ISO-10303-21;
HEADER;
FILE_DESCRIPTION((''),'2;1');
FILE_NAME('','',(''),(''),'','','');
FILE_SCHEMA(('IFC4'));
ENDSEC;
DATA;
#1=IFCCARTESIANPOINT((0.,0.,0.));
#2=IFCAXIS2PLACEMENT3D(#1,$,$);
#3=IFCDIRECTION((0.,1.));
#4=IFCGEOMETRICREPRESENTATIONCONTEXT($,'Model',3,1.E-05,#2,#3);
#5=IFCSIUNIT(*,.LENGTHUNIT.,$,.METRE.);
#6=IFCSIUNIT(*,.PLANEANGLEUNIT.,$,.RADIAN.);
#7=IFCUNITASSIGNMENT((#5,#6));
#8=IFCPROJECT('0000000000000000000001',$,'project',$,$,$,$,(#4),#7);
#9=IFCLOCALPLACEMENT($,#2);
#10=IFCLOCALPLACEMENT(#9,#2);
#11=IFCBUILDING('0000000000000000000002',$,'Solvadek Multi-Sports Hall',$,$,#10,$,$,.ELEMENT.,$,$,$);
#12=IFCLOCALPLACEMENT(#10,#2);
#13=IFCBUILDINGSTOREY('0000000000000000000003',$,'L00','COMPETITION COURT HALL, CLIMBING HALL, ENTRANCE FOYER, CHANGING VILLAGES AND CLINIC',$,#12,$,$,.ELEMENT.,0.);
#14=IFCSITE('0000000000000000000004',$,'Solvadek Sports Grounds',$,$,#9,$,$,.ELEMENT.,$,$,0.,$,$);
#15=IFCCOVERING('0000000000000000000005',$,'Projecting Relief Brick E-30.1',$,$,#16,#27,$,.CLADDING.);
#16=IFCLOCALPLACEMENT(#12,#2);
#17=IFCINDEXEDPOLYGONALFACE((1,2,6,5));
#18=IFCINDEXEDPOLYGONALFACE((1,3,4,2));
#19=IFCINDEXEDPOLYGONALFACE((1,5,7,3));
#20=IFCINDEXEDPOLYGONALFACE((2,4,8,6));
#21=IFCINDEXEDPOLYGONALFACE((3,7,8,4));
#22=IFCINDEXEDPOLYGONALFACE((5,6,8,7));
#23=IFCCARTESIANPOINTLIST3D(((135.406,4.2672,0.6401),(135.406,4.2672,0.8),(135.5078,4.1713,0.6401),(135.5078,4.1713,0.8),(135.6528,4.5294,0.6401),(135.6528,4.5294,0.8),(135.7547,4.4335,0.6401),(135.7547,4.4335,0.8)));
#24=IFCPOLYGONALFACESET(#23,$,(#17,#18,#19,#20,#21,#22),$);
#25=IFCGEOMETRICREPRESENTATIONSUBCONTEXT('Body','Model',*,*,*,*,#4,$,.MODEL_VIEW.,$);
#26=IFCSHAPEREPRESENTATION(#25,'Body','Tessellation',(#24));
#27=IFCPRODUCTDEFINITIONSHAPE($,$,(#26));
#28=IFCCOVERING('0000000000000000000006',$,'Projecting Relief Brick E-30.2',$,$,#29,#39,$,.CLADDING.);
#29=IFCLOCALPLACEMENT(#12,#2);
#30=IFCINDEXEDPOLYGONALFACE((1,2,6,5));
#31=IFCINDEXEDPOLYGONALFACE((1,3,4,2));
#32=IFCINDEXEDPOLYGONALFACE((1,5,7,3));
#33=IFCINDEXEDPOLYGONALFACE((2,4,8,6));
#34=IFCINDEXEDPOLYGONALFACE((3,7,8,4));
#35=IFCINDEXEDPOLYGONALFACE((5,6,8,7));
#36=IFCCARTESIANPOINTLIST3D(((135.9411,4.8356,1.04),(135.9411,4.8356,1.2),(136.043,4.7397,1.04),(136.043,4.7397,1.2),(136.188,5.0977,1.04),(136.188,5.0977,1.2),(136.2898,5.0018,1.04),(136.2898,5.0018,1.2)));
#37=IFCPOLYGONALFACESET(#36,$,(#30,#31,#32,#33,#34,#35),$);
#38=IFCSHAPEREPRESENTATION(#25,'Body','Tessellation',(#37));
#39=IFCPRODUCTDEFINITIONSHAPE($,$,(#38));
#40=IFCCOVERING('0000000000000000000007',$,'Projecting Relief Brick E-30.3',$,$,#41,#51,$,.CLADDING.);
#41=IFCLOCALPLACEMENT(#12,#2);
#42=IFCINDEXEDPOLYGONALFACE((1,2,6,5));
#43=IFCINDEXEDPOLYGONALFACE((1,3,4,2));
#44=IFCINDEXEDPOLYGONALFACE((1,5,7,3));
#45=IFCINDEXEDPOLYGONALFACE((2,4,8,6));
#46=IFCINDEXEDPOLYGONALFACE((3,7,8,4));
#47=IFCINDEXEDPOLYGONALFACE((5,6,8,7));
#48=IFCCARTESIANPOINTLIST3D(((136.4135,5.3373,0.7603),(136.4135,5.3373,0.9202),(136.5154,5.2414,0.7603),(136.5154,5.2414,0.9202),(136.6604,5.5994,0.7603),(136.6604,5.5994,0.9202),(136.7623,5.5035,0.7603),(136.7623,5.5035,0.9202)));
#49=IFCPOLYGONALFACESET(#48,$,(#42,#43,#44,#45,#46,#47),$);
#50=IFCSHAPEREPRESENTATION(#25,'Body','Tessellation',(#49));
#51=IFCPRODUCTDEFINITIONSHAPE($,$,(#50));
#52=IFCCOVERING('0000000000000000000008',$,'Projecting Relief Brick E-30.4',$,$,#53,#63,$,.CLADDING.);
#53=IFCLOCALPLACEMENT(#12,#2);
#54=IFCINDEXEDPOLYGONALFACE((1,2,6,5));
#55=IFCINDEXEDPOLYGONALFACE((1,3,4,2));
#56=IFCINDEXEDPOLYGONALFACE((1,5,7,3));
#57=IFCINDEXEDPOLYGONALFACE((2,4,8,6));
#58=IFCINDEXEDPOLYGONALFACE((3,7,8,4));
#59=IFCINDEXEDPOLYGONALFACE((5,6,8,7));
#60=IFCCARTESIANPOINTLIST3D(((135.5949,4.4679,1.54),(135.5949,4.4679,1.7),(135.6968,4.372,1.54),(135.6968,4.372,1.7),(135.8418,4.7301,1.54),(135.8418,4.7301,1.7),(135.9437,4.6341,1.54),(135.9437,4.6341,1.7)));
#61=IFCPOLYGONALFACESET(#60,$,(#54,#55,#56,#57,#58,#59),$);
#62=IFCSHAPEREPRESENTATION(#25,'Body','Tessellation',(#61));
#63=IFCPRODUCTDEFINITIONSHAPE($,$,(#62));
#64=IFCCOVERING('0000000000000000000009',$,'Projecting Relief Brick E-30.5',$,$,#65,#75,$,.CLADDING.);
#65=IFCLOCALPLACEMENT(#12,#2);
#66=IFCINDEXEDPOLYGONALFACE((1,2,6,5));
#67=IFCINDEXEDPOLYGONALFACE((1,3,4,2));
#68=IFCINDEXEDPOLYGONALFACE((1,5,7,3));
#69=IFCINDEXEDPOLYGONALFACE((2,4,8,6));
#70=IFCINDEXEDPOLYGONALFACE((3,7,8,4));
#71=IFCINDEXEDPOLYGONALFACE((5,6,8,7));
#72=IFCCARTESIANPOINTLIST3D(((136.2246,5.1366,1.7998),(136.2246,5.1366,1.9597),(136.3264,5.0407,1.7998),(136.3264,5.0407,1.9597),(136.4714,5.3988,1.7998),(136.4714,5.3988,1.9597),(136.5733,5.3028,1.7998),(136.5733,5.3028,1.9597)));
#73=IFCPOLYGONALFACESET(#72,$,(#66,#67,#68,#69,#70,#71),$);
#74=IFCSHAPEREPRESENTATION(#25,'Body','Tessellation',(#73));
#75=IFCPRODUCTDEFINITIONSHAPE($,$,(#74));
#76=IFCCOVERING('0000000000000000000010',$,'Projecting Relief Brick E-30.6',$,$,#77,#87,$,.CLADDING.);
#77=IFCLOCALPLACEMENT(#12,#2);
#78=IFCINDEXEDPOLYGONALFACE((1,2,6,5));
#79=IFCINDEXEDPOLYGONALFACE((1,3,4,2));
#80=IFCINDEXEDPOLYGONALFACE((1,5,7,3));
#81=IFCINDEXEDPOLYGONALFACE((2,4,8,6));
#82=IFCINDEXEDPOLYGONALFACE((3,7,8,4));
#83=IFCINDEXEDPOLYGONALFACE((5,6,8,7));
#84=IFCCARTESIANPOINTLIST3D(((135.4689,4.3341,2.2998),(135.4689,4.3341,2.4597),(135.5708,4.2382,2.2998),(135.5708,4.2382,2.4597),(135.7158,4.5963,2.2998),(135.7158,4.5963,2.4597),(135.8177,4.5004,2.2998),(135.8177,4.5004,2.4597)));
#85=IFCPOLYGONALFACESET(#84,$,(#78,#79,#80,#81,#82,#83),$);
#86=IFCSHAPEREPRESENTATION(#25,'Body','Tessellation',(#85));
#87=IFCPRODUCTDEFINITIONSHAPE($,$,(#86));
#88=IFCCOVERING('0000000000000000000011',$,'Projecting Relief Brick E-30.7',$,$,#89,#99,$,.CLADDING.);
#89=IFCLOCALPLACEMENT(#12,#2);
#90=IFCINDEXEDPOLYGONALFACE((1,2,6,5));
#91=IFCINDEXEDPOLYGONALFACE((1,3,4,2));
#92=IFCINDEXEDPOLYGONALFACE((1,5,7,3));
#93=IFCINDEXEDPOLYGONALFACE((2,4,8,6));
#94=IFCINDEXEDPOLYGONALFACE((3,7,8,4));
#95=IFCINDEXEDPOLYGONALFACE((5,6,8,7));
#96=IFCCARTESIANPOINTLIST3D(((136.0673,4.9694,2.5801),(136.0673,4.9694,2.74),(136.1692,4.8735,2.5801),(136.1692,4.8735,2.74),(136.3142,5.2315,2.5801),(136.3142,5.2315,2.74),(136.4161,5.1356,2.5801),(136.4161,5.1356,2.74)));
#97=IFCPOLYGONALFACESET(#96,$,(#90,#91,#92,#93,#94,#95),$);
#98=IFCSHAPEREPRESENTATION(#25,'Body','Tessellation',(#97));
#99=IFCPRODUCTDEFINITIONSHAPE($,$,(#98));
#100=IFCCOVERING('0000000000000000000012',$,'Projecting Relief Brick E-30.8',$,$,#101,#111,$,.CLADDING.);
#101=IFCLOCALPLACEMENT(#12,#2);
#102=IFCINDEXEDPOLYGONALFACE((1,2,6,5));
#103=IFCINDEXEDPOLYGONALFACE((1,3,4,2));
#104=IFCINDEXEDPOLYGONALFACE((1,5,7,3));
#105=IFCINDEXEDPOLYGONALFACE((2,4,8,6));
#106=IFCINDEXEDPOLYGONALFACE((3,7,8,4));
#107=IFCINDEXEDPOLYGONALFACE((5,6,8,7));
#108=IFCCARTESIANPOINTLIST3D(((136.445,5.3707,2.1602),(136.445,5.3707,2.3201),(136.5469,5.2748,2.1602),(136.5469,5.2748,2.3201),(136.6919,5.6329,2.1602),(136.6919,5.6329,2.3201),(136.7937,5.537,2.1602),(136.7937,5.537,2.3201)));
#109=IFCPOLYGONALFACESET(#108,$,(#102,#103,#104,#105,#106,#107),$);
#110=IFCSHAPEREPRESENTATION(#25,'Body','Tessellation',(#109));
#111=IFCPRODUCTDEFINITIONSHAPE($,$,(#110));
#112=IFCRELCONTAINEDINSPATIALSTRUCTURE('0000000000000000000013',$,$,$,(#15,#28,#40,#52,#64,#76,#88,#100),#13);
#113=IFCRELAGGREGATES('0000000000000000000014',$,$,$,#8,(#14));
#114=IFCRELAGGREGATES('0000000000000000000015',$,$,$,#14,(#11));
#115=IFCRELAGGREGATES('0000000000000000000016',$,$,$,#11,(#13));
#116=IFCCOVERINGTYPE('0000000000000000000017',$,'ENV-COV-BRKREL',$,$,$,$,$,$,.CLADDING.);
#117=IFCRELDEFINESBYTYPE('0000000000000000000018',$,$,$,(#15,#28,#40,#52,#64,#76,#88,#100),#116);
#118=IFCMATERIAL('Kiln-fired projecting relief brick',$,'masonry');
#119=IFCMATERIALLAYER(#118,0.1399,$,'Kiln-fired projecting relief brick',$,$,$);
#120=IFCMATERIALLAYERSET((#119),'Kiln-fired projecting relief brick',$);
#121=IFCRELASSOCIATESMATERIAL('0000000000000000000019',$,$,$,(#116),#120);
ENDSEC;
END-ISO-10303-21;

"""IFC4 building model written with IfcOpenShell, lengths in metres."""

from ifc_helpers import new_model, si_unit, direction, frame, origin, origin_2d, place, context, subcontext, project, spatial, rectangle, extrude, material, layer, layer_set, type_object, element, save


model = new_model("IFC4")

# Units and contexts
model_context = context("Model", 3, precision=1e-05, world=origin(), true_north=direction((0.0, 1.0)))
body_context = subcontext(model_context, "Body", "Model", "MODEL_VIEW")
ifc_project = project(units=[si_unit("LENGTHUNIT", "METRE"), si_unit("PLANEANGLEUNIT", "RADIAN")], contexts=[model_context])

# Site, building, storey
site_placement = place(None, origin())
site = spatial("IfcSite", under=ifc_project, at=site_placement, Name="Solvadek Sports Grounds", CompositionType="ELEMENT", RefElevation=0.0)
building_placement = place(site_placement, origin())
building = spatial("IfcBuilding", under=site, at=building_placement, Name="Solvadek Multi-Sports Hall", CompositionType="ELEMENT")
storey_placement = place(building_placement, origin())
storey = spatial("IfcBuildingStorey", under=building, at=storey_placement, Name="L00", Description="COMPETITION COURT HALL, CLIMBING HALL, ENTRANCE FOYER, CHANGING VILLAGES AND CLINIC", CompositionType="ELEMENT", Elevation=0.0)

# Coverings
ifc_material_1 = material(Name="Kiln-fired projecting relief brick", Category="masonry")
ifc_layer_1 = layer(ifc_material_1, 0.1399, Name="Kiln-fired projecting relief brick")
ifc_layer_set_1 = layer_set([ifc_layer_1], Name="Kiln-fired projecting relief brick")
covering_type = type_object("IfcCoveringType", Name="ENV-COV-BRKREL", PredefinedType="CLADDING", material=ifc_layer_set_1)
for number, where, z_axis, x_axis, name in (
    (1, (135.5803, 4.3503, 0.6401), (0.0, 0.0, 1.0), (0.685589, 0.727989, 0.0), "Projecting Relief Brick E-30.1"),
    (2, (136.1155, 4.9187, 1.04), (0.0, 0.0, 1.0), (0.685589, 0.727989, 0.0), "Projecting Relief Brick E-30.2"),
    (3, (136.5879, 5.4204, 0.7603), (0.0, 0.0, 1.0), (0.685589, 0.727989, 0.0), "Projecting Relief Brick E-30.3"),
    (4, (135.7693, 4.551, 1.54), (0.0, 0.0, 1.0), (0.685589, 0.727989, 0.0), "Projecting Relief Brick E-30.4"),
    (5, (136.3989, 5.2197, 1.7998), (0.0, 0.0, 1.0), (0.685589, 0.727989, 0.0), "Projecting Relief Brick E-30.5"),
    (6, (135.6433, 4.4172, 2.2998), (0.0, 0.0, 1.0), (0.685589, 0.727989, 0.0), "Projecting Relief Brick E-30.6"),
    (7, (136.2417, 5.0525, 2.5801), (0.0, 0.0, 1.0), (0.685589, 0.727989, 0.0), "Projecting Relief Brick E-30.7"),
    (8, (136.6194, 5.4539, 2.1602), (0.0, 0.0, 1.0), (0.685589, 0.727989, 0.0), "Projecting Relief Brick E-30.8"),
):
    element("IfcCovering", number, at=place(storey_placement, frame(where, z_axis=z_axis, x_axis=x_axis)), inside=storey, type_object=covering_type, Name=name, PredefinedType="CLADDING", context=body_context, shape_type="SweptSolid", body=[
        extrude(rectangle(XDim=0.3601, YDim=0.1399, at=origin_2d()), origin(), (0.0, 0.0, 1.0), 0.1599),
    ])

save(model, "model.ifc")
